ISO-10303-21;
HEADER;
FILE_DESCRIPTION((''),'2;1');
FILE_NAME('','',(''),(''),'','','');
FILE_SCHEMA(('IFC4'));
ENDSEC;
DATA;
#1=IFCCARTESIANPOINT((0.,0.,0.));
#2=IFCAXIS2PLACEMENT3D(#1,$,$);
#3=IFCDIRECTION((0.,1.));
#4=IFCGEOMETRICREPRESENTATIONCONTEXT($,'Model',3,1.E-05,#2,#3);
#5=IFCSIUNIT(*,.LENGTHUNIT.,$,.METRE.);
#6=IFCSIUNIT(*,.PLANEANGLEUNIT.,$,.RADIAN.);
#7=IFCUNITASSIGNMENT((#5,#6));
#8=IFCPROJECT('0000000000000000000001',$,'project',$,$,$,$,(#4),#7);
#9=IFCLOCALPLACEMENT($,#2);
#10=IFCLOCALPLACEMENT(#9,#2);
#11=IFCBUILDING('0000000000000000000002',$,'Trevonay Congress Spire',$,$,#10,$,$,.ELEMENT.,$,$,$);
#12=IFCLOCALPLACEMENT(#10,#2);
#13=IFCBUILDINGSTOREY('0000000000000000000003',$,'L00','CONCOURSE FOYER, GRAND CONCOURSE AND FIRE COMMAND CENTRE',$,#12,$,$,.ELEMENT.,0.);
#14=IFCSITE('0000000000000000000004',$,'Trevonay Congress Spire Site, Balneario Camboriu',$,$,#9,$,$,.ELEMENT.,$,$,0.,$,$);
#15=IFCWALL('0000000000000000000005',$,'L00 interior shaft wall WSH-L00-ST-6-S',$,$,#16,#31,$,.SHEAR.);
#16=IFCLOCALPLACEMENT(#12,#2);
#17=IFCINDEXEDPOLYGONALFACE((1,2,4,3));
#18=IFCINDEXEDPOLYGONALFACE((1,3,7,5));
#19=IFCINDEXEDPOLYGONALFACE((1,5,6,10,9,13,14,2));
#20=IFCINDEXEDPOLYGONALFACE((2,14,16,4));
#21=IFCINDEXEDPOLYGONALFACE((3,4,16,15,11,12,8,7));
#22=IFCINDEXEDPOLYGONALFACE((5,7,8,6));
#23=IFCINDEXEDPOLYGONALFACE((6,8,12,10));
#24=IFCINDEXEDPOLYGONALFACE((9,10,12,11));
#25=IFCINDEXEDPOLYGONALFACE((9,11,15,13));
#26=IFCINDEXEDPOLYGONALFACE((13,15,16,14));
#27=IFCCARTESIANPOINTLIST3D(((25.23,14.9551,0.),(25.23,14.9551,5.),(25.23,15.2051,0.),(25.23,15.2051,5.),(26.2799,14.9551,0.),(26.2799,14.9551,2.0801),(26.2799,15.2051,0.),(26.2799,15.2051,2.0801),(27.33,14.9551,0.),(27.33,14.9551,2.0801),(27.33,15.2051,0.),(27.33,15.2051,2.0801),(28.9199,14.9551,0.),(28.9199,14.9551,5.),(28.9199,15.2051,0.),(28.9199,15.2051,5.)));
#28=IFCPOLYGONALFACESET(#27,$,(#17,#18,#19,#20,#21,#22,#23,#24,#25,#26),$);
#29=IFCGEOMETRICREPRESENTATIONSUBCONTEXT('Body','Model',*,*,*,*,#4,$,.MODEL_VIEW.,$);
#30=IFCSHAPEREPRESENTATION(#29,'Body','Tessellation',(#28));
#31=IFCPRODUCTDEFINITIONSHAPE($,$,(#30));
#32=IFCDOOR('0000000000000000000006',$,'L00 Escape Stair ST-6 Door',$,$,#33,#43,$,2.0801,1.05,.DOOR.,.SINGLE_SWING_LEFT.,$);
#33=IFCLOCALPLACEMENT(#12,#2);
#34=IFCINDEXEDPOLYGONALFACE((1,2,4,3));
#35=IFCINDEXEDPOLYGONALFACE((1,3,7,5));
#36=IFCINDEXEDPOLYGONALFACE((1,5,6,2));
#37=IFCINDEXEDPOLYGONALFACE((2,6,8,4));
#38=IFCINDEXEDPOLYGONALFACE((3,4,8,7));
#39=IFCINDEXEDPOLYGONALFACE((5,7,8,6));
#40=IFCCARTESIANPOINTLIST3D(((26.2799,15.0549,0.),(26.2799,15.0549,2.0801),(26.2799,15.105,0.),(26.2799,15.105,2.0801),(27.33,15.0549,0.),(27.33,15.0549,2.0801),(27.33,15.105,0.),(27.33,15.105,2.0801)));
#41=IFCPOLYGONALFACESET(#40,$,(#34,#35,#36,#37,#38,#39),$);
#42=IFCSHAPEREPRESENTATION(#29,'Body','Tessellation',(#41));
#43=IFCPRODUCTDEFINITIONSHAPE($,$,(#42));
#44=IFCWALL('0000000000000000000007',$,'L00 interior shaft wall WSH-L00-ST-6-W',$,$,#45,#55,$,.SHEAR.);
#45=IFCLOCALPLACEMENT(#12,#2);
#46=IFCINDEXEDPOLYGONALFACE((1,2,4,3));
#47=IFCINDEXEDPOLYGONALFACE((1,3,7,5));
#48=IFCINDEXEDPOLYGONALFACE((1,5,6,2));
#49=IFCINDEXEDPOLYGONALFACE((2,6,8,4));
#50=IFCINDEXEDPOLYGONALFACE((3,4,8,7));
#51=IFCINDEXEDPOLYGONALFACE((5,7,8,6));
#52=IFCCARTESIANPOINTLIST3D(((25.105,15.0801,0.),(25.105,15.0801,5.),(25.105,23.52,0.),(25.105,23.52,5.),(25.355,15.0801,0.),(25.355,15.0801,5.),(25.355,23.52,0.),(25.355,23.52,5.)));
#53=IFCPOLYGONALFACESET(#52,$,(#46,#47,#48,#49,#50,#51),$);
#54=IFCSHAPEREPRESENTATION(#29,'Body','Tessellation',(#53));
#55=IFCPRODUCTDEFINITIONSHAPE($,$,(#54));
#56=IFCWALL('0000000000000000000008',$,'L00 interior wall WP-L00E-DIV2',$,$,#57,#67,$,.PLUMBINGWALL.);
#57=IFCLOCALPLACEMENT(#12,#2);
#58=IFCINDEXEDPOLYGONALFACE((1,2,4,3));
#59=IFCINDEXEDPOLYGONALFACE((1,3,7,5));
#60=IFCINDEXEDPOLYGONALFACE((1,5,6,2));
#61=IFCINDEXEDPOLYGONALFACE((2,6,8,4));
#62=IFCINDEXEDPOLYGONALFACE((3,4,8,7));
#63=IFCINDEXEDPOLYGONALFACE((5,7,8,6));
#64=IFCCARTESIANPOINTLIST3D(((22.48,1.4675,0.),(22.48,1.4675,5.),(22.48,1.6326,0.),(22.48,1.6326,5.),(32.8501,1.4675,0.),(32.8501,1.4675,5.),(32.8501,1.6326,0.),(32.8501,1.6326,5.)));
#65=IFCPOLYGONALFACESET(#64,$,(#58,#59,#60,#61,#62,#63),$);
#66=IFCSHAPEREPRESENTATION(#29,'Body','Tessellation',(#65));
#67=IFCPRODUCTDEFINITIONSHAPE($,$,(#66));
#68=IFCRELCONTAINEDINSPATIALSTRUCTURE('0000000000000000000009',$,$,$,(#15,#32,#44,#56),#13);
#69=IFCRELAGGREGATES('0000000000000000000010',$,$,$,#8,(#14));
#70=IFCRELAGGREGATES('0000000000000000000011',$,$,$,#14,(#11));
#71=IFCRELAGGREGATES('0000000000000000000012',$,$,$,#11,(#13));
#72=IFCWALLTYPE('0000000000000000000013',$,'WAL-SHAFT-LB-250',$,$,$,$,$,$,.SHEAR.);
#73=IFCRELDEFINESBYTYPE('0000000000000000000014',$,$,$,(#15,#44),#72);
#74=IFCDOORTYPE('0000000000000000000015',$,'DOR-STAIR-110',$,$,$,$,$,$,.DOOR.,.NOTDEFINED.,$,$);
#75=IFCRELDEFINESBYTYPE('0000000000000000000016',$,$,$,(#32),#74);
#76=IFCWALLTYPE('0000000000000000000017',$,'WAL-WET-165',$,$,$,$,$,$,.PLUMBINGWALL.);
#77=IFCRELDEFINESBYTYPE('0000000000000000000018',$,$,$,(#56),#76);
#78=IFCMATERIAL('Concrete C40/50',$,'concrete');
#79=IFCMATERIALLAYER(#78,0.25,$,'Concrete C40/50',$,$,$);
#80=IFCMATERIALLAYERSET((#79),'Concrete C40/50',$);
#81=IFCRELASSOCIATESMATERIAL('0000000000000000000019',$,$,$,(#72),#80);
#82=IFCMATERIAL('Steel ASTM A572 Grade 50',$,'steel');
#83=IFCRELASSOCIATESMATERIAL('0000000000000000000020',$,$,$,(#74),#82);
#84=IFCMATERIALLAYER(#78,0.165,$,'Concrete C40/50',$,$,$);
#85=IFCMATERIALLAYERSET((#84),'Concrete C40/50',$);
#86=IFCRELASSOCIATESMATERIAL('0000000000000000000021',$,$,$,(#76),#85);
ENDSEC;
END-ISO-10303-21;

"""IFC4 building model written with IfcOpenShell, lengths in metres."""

from ifc_helpers import new_model, si_unit, direction, frame, frame_2d, origin, place, context, subcontext, project, spatial, rectangle, extrude, material, layer, layer_set, type_object, element, fill, save


model = new_model("IFC4")

# Units and contexts
model_context = context("Model", 3, precision=1e-05, world=origin(), true_north=direction((0.0, 1.0)))
body_context = subcontext(model_context, "Body", "Model", "MODEL_VIEW")
ifc_project = project(units=[si_unit("LENGTHUNIT", "METRE"), si_unit("PLANEANGLEUNIT", "RADIAN")], contexts=[model_context])

# Site, building, storey
site_placement = place(None, origin())
site = spatial("IfcSite", under=ifc_project, at=site_placement, Name="Trevonay Congress Spire Site, Balneario Camboriu", CompositionType="ELEMENT", RefElevation=0.0)
building_placement = place(site_placement, origin())
building = spatial("IfcBuilding", under=site, at=building_placement, Name="Trevonay Congress Spire", CompositionType="ELEMENT")
storey_placement = place(building_placement, origin())
storey = spatial("IfcBuildingStorey", under=building, at=storey_placement, Name="L00", Description="CONCOURSE FOYER, GRAND CONCOURSE AND FIRE COMMAND CENTRE", CompositionType="ELEMENT", Elevation=0.0)

# Shared definitions
ifc_material_1 = material(Name="Steel ASTM A572 Grade 50", Category="steel")

# Shared definitions
ifc_material_2 = material(Name="Concrete C40/50", Category="concrete")

# Wall, opening, door
ifc_layer_1 = layer(ifc_material_2, 0.25, Name="Concrete C40/50")
ifc_layer_set_1 = layer_set([ifc_layer_1], Name="Concrete C40/50")
wall_type_1 = type_object("IfcWallType", Name="WAL-SHAFT-LB-250", PredefinedType="SHEAR", material=ifc_layer_set_1)
wall_1_placement = place(storey_placement, frame((25.23, 15.0801, 0.0), z_axis=(0.0, 0.0, 1.0), x_axis=(1.0, 0.0, 0.0)))
wall_1 = element("IfcWall", 1, at=wall_1_placement, inside=storey, type_object=wall_type_1, Name="L00 interior shaft wall WSH-L00-ST-6-S", PredefinedType="SHEAR", context=body_context, shape_type="SweptSolid", body=[
    extrude(rectangle(XDim=3.6899, YDim=0.25, at=frame_2d((1.845, 0.0))), origin(), (0.0, 0.0, 1.0), 5.0),
])
opening_1_placement = place(wall_1_placement, frame((1.05, 0.0, 0.0)))
opening_1 = element("IfcOpeningElement", 2, at=opening_1_placement, cuts=wall_1, PredefinedType="OPENING", context=body_context, shape_type="SweptSolid", body=[
    extrude(rectangle(XDim=1.05, YDim=2.0801, at=frame_2d((0.5249, 1.04))), frame((0.0, 0.135, 0.0), z_axis=(0.0, -1.0, 0.0), x_axis=(1.0, 0.0, 0.0)), (0.0, 0.0, 1.0), 0.27),
])
door_type_1 = type_object("IfcDoorType", Name="DOR-STAIR-110", OperationType="NOTDEFINED", PredefinedType="DOOR", material=ifc_material_1)
door_1_placement = place(opening_1_placement, origin())
door_1 = element("IfcDoor", 3, at=door_1_placement, inside=storey, type_object=door_type_1, Name="L00 Escape Stair ST-6 Door", OperationType="SINGLE_SWING_LEFT", OverallHeight=2.0801, OverallWidth=1.05, PredefinedType="DOOR", context=body_context, shape_type="SweptSolid", body=[
    extrude(rectangle(XDim=1.05, YDim=2.0801, at=frame_2d((0.5249, 1.04))), frame((0.0, 0.0249, 0.0), z_axis=(0.0, -1.0, 0.0), x_axis=(1.0, 0.0, 0.0)), (0.0, 0.0, 1.0), 0.05),
])
fill(opening_1, door_1)

# Walls
wall_2_placement = place(storey_placement, frame((25.23, 15.0801, 0.0), z_axis=(0.0, 0.0, 1.0), x_axis=(0.0, 1.0, 0.0)))
element("IfcWall", 4, at=wall_2_placement, inside=storey, type_object=wall_type_1, Name="L00 interior shaft wall WSH-L00-ST-6-W", PredefinedType="SHEAR", context=body_context, shape_type="SweptSolid", body=[
    extrude(rectangle(XDim=8.4399, YDim=0.25, at=frame_2d((4.22, 0.0))), origin(), (0.0, 0.0, 1.0), 5.0),
])
ifc_layer_2 = layer(ifc_material_2, 0.165, Name="Concrete C40/50")
ifc_layer_set_2 = layer_set([ifc_layer_2], Name="Concrete C40/50")
wall_type_2 = type_object("IfcWallType", Name="WAL-WET-165", PredefinedType="PLUMBINGWALL", material=ifc_layer_set_2)
wall_3_placement = place(storey_placement, frame((22.48, 1.55, 0.0), z_axis=(0.0, 0.0, 1.0), x_axis=(1.0, 0.0, 0.0)))
element("IfcWall", 5, at=wall_3_placement, inside=storey, type_object=wall_type_2, Name="L00 interior wall WP-L00E-DIV2", PredefinedType="PLUMBINGWALL", context=body_context, shape_type="SweptSolid", body=[
    extrude(rectangle(XDim=10.3701, YDim=0.165, at=frame_2d((5.1851, 0.0))), origin(), (0.0, 0.0, 1.0), 5.0),
])

save(model, "model.ifc")
